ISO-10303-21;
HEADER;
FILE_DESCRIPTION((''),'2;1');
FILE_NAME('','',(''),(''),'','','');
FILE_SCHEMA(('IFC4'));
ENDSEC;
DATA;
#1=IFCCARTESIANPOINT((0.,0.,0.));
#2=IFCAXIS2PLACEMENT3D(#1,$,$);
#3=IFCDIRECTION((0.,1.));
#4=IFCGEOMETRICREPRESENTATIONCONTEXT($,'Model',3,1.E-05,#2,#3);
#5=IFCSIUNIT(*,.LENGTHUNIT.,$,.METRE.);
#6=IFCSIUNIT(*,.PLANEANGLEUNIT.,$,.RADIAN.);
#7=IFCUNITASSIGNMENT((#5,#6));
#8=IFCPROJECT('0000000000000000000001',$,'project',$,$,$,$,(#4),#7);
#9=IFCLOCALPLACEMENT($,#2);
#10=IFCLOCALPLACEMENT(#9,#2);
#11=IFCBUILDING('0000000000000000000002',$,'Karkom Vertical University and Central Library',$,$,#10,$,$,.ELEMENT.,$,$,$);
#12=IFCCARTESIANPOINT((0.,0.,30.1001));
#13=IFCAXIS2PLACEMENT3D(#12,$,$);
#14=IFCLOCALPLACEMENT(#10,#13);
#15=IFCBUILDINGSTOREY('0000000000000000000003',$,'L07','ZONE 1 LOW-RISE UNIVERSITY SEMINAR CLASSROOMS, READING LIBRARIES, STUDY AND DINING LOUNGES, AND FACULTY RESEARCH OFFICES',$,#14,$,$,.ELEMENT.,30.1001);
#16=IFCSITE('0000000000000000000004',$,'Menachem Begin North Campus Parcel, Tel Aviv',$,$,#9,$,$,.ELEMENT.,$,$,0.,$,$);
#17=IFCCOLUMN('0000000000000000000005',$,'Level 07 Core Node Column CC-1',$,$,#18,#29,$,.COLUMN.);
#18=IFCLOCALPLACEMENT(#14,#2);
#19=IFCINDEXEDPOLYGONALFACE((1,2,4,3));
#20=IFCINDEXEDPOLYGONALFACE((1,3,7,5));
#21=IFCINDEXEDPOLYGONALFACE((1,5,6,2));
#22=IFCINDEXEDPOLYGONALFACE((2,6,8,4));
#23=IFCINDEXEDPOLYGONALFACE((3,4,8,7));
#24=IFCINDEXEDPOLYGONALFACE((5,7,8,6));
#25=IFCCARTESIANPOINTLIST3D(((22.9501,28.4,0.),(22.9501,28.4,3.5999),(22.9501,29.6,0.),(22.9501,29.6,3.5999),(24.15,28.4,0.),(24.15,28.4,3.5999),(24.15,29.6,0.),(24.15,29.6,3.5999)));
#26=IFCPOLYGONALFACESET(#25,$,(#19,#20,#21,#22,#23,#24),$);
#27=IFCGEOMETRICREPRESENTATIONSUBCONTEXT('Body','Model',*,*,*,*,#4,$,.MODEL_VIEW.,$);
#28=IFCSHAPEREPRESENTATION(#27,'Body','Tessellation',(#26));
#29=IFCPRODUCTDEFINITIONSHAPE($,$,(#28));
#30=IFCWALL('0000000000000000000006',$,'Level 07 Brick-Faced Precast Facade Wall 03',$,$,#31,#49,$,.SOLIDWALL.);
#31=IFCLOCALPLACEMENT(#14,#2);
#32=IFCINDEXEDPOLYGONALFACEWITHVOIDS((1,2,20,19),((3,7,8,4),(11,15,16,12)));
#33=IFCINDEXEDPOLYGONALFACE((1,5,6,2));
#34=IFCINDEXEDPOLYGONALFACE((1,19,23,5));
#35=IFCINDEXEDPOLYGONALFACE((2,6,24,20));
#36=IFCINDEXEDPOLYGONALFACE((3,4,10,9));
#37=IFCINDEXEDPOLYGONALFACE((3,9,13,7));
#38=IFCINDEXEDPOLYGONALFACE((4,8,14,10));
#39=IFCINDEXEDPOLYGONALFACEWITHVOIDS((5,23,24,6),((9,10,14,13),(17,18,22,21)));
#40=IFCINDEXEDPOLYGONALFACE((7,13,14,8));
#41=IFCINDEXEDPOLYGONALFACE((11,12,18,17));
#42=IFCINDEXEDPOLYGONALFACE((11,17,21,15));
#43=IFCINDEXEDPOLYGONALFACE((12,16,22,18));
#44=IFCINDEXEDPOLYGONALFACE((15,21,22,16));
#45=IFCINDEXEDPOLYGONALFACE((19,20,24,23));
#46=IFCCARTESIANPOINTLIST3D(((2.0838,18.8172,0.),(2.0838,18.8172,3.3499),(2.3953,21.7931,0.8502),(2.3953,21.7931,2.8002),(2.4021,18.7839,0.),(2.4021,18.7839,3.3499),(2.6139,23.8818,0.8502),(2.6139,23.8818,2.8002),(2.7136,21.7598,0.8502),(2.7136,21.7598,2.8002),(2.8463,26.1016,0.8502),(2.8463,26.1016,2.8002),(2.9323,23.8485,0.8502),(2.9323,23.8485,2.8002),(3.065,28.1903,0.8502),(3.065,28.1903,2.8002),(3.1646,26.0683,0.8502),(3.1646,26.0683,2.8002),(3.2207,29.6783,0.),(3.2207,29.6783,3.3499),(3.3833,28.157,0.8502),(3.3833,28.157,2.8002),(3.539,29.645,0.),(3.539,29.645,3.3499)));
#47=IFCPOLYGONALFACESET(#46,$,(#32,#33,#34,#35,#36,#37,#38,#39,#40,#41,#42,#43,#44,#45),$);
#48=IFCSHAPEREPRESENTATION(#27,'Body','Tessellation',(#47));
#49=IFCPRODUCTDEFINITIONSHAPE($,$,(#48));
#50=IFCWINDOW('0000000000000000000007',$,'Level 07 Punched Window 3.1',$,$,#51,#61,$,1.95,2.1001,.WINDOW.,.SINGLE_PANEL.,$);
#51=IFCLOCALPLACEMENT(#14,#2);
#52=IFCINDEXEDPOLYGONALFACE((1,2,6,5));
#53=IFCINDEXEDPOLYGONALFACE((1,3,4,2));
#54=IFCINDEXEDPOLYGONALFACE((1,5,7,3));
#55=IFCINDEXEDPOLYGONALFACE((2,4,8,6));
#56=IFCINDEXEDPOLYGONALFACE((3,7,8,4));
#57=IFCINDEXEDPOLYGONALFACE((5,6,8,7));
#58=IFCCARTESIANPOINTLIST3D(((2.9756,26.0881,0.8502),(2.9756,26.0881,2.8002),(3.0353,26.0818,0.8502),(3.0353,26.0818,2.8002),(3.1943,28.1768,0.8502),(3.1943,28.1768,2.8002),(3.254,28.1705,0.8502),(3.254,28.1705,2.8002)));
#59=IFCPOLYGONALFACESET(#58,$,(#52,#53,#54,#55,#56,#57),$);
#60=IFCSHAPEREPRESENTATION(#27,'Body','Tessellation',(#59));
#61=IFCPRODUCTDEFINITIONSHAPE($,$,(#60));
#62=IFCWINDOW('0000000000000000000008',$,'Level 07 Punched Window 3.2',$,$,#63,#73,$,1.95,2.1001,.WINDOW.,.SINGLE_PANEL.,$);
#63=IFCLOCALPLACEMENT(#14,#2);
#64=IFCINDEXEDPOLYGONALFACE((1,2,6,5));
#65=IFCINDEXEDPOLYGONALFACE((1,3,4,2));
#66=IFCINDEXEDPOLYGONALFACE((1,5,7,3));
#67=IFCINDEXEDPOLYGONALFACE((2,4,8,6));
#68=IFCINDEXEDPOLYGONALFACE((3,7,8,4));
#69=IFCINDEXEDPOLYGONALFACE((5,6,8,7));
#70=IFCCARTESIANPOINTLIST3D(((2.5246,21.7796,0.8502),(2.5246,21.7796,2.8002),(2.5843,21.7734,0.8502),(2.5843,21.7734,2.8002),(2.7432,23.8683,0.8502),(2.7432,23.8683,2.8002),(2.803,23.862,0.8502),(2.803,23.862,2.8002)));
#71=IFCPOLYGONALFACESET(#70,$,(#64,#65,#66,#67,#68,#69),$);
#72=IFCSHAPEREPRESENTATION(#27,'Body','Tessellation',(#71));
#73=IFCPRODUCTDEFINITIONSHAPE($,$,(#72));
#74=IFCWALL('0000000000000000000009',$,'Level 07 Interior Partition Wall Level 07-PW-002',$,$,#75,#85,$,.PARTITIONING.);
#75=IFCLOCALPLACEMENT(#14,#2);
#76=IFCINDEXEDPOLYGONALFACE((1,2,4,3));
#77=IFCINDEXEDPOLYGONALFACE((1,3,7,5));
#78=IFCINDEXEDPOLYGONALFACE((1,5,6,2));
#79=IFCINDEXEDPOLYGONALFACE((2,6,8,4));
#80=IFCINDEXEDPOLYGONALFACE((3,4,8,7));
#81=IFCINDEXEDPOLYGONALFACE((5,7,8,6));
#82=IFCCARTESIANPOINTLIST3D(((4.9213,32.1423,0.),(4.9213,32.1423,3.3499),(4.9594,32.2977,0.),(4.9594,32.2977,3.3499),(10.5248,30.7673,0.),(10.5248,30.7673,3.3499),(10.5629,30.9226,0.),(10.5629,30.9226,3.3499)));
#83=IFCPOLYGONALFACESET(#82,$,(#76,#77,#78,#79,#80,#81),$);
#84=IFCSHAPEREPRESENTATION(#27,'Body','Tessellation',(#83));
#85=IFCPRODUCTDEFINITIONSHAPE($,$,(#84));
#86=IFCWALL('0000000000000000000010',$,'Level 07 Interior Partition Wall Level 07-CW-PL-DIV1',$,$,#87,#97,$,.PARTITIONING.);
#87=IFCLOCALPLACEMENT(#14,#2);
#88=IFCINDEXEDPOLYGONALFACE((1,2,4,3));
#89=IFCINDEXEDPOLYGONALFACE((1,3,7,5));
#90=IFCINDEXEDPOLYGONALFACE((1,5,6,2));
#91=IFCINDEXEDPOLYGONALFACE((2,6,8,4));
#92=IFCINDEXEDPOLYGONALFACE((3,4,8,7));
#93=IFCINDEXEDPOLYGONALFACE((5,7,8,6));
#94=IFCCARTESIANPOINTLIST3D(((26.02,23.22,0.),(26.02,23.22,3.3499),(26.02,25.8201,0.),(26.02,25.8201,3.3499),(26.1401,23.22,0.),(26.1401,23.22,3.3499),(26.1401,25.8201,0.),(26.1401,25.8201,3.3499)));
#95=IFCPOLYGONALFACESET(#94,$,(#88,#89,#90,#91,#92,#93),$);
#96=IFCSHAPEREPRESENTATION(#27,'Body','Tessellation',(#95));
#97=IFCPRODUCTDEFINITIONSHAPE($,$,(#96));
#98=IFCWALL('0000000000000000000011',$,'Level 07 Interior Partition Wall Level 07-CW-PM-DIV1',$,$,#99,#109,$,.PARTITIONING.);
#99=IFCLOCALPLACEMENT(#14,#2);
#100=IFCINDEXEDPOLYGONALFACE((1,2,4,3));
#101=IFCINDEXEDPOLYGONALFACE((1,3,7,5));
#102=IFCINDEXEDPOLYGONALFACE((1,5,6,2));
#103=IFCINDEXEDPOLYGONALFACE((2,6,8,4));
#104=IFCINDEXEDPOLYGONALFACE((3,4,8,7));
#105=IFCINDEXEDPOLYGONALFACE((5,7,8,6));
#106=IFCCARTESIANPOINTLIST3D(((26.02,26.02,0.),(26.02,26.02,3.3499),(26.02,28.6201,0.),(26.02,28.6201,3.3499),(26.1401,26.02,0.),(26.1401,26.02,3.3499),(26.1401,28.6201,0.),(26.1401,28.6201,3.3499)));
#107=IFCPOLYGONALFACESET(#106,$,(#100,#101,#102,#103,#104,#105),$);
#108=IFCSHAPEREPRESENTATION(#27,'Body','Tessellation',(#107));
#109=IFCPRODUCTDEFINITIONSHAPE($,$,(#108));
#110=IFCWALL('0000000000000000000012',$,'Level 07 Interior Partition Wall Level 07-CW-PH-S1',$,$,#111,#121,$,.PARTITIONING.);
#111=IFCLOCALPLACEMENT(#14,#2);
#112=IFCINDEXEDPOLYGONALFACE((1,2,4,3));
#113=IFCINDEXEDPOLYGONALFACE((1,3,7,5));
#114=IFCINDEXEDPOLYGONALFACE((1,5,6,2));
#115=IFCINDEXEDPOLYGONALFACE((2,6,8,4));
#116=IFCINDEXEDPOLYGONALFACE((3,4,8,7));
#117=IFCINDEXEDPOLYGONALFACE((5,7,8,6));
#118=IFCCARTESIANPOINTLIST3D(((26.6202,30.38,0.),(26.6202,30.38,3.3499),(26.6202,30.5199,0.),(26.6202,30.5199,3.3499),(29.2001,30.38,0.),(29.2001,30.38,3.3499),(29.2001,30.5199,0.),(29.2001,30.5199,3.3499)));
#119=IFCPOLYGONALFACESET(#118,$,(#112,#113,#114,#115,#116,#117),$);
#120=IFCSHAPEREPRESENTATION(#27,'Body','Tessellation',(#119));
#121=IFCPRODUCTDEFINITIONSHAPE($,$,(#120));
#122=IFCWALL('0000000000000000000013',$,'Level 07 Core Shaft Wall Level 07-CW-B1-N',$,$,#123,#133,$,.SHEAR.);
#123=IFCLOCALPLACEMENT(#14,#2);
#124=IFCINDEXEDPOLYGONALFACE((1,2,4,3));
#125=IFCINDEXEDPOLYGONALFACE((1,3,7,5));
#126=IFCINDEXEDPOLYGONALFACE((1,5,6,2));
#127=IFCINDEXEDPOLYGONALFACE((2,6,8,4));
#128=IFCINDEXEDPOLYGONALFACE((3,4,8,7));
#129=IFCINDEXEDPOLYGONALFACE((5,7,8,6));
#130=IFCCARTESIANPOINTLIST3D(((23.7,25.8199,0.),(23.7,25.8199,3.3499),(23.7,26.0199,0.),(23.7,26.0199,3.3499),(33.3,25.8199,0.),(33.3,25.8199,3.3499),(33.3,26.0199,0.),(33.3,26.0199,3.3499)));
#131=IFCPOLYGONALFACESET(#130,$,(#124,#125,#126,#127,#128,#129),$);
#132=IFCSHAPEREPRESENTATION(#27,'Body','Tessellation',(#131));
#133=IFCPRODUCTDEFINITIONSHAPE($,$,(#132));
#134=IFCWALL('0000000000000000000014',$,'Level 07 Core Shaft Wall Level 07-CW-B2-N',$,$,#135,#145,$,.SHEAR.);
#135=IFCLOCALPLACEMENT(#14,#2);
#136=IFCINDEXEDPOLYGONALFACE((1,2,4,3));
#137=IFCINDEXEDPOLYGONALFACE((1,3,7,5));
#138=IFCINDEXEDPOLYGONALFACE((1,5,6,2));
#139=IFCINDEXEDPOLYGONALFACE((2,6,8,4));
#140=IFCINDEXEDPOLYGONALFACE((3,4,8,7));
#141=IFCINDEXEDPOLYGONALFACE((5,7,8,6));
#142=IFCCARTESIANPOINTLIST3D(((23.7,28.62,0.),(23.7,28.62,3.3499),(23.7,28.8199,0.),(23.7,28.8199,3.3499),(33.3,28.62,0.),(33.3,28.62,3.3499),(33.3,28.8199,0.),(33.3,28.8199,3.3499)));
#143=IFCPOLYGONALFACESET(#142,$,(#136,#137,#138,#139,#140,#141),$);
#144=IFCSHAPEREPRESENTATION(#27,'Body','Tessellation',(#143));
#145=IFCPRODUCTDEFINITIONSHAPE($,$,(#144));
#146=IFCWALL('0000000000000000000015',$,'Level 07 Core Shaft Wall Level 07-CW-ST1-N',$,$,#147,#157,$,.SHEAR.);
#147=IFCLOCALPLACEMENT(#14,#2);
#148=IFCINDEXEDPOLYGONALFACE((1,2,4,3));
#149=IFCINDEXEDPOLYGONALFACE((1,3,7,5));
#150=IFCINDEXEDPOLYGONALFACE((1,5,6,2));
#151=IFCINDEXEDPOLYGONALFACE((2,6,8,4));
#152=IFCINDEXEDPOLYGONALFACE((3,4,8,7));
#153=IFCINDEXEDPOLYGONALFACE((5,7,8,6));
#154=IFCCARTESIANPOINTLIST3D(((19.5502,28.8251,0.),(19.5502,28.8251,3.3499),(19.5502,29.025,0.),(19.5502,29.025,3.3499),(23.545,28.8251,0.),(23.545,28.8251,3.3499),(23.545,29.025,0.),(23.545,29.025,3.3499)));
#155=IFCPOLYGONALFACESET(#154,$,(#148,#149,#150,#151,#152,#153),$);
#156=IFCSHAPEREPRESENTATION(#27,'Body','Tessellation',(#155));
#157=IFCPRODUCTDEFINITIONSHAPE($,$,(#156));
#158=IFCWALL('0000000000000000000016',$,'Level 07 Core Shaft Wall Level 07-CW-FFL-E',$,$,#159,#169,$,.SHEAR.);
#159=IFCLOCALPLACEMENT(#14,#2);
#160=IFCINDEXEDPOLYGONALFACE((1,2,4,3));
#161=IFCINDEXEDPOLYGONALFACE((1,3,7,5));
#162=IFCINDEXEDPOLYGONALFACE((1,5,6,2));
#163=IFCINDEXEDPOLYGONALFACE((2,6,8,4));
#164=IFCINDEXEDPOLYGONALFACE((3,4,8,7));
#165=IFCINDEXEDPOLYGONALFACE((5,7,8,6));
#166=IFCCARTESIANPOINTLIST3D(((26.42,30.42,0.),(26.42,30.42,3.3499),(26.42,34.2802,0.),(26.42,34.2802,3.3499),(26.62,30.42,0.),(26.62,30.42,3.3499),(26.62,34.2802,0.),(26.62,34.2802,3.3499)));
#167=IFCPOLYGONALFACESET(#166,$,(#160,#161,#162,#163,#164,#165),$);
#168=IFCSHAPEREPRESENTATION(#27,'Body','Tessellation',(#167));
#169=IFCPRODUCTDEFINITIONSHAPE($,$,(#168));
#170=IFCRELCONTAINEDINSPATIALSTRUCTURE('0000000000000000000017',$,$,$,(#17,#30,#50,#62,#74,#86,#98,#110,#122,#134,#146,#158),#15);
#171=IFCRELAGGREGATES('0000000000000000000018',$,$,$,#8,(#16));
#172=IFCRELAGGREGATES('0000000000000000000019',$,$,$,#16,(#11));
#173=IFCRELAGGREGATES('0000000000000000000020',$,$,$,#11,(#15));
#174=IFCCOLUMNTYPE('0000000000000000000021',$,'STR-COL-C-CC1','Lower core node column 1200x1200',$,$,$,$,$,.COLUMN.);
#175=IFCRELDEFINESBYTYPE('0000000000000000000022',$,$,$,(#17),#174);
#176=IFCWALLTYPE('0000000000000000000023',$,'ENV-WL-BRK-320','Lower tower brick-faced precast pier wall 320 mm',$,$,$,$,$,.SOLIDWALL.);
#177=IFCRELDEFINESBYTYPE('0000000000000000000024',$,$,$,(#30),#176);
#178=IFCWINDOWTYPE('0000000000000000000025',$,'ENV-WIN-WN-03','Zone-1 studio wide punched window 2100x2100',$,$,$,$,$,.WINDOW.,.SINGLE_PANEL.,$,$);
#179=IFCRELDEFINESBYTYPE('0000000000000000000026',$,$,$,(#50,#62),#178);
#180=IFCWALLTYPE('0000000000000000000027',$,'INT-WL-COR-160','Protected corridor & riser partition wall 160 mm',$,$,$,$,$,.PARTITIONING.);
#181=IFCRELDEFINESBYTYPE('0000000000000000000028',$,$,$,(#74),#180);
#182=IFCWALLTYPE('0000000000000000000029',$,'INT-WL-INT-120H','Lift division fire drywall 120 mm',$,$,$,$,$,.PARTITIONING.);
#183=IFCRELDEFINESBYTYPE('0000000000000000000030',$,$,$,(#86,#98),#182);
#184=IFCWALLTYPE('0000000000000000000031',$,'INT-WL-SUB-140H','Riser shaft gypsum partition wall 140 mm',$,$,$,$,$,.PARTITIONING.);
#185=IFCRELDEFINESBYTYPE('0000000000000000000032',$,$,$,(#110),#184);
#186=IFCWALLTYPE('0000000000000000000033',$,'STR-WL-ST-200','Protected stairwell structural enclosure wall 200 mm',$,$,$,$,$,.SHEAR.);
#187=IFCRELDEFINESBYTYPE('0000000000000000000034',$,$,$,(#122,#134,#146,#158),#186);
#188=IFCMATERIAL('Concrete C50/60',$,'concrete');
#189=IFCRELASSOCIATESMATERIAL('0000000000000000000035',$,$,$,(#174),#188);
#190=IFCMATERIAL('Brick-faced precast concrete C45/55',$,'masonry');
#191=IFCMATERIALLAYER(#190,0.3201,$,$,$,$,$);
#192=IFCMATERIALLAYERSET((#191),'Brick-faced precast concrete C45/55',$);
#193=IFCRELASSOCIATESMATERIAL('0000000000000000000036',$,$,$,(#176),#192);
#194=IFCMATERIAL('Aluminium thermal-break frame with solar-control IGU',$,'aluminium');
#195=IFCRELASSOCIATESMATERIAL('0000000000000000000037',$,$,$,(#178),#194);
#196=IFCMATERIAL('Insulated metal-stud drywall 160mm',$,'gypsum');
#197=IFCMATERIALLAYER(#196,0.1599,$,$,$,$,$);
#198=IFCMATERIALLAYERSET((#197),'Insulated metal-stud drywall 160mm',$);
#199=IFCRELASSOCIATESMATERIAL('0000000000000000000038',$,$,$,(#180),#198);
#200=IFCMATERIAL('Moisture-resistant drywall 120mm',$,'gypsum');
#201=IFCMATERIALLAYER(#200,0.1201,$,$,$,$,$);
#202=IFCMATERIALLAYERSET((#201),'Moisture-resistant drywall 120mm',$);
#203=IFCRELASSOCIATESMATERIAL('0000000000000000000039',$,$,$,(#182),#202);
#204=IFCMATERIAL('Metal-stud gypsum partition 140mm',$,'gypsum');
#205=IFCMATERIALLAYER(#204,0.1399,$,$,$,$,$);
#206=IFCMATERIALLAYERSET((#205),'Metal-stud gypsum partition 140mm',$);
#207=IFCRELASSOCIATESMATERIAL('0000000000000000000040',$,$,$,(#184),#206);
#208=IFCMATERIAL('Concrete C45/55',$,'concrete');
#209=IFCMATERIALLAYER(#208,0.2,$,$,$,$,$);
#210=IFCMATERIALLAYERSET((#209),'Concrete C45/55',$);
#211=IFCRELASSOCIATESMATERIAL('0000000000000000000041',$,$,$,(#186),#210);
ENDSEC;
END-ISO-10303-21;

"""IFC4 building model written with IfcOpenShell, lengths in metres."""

from ifc_helpers import new_model, si_unit, direction, frame, frame_2d, origin, origin_with_axes, origin_2d, place, context, subcontext, project, spatial, rectangle, extrude, source, transform, mapped, material, layer, layer_set, material_profile, profile_set, type_object, element, fill, save


model = new_model("IFC4")

# Units and contexts
model_context = context("Model", 3, precision=1e-05, world=origin(), true_north=direction((0.0, 1.0)))
body_context = subcontext(model_context, "Body", "Model", "MODEL_VIEW")
ifc_project = project(units=[si_unit("LENGTHUNIT", "METRE"), si_unit("PLANEANGLEUNIT", "RADIAN")], contexts=[model_context])

# Site, building, storey
site_placement = place(None, origin())
site = spatial("IfcSite", under=ifc_project, at=site_placement, Name="Menachem Begin North Campus Parcel, Tel Aviv", CompositionType="ELEMENT", RefElevation=0.0)
building_placement = place(site_placement, origin())
building = spatial("IfcBuilding", under=site, at=building_placement, Name="Karkom Vertical University and Central Library", CompositionType="ELEMENT")
storey_placement = place(building_placement, frame((0.0, 0.0, 30.1001)))
storey = spatial("IfcBuildingStorey", under=building, at=storey_placement, Name="L07", Description="ZONE 1 LOW-RISE UNIVERSITY SEMINAR CLASSROOMS, READING LIBRARIES, STUDY AND DINING LOUNGES, AND FACULTY RESEARCH OFFICES", CompositionType="ELEMENT", Elevation=30.1001)

# Column
ifc_material_1 = material(Name="Concrete C50/60", Category="concrete")
ifc_material_profile = material_profile(ifc_material_1, rectangle(XDim=1.2, YDim=1.2, at=origin_2d()), Name="RC-1200x1200")
ifc_profile_set = profile_set([ifc_material_profile], Name="Concrete C50/60")
column_type = type_object("IfcColumnType", Name="STR-COL-C-CC1", Description="Lower core node column 1200x1200", PredefinedType="COLUMN", material=ifc_profile_set)
shared_shape_1 = source(origin_with_axes(), body_context, "Body", "SweptSolid", [
    extrude(rectangle(XDim=1.2, YDim=1.2, at=origin_2d()), origin(), (0.0, 0.0, 1.0), 3.5999),
])
column_placement = place(storey_placement, frame((23.55, 29.0, 0.0), z_axis=(0.0, 0.0, 1.0), x_axis=(1.0, 0.0, 0.0)))
element("IfcColumn", 1, at=column_placement, inside=storey, type_object=column_type, Name="Level 07 Core Node Column CC-1", PredefinedType="COLUMN", context=body_context, shape_type="MappedRepresentation", body=[
    mapped(shared_shape_1, transform((0.0, 0.0, 0.0), scale=1.0)),
])

# Wall, openings, windows
ifc_material_2 = material(Name="Brick-faced precast concrete C45/55", Category="masonry")
ifc_layer_1 = layer(ifc_material_2, 0.3201)
ifc_layer_set_1 = layer_set([ifc_layer_1], Name="Brick-faced precast concrete C45/55")
wall_type_1 = type_object("IfcWallType", Name="ENV-WL-BRK-320", Description="Lower tower brick-faced precast pier wall 320 mm", PredefinedType="SOLIDWALL", material=ifc_layer_set_1)
wall_1_placement = place(storey_placement, frame((3.3799, 29.6616, 0.0), z_axis=(0.0, 0.0, 1.0), x_axis=(-0.104113, -0.994565, 0.0)))
wall_1 = element("IfcWall", 2, at=wall_1_placement, inside=storey, type_object=wall_type_1, Name="Level 07 Brick-Faced Precast Facade Wall 03", PredefinedType="SOLIDWALL", context=body_context, shape_type="SweptSolid", body=[
    extrude(rectangle(XDim=10.9204, YDim=0.3201, at=frame_2d((5.4602, 0.0))), origin(), (0.0, 0.0, 1.0), 3.3499),
])
opening_1_placement = place(wall_1_placement, frame((1.4961, 0.0, 0.8501)))
opening_1 = element("IfcOpeningElement", 3, at=opening_1_placement, cuts=wall_1, PredefinedType="OPENING", context=body_context, shape_type="SweptSolid", body=[
    extrude(rectangle(XDim=2.1001, YDim=1.95, at=frame_2d((1.05, 0.9751))), frame((0.0, 0.1699, 0.0), z_axis=(0.0, -1.0, 0.0), x_axis=(1.0, 0.0, 0.0)), (0.0, 0.0, 1.0), 0.3401),
])
opening_2_placement = place(wall_1_placement, frame((5.8281, 0.0, 0.8501)))
opening_2 = element("IfcOpeningElement", 4, at=opening_2_placement, cuts=wall_1, PredefinedType="OPENING", context=body_context, shape_type="SweptSolid", body=[
    extrude(rectangle(XDim=2.1001, YDim=1.95, at=frame_2d((1.05, 0.9751))), frame((0.0, 0.1699, 0.0), z_axis=(0.0, -1.0, 0.0), x_axis=(1.0, 0.0, 0.0)), (0.0, 0.0, 1.0), 0.3401),
])
ifc_material_3 = material(Name="Aluminium thermal-break frame with solar-control IGU", Category="aluminium")
window_type = type_object("IfcWindowType", Name="ENV-WIN-WN-03", Description="Zone-1 studio wide punched window 2100x2100", PartitioningType="SINGLE_PANEL", PredefinedType="WINDOW", material=ifc_material_3)
shared_shape_2 = source(origin_with_axes(), body_context, "Body", "SweptSolid", [
    extrude(rectangle(XDim=2.1001, YDim=1.95, at=frame_2d((1.05, 0.9751))), frame((0.0, 0.03, 0.0), z_axis=(0.0, -1.0, 0.0), x_axis=(1.0, 0.0, 0.0)), (0.0, 0.0, 1.0), 0.0601),
])
window_1_placement = place(opening_1_placement, origin())
window_1 = element("IfcWindow", 5, at=window_1_placement, inside=storey, type_object=window_type, Name="Level 07 Punched Window 3.1", OverallHeight=1.95, OverallWidth=2.1001, PartitioningType="SINGLE_PANEL", PredefinedType="WINDOW", context=body_context, shape_type="MappedRepresentation", body=[
    mapped(shared_shape_2, transform((0.0, 0.0, 0.0), scale=1.0)),
])
fill(opening_1, window_1)
window_2_placement = place(opening_2_placement, origin())
window_2 = element("IfcWindow", 6, at=window_2_placement, inside=storey, type_object=window_type, Name="Level 07 Punched Window 3.2", OverallHeight=1.95, OverallWidth=2.1001, PartitioningType="SINGLE_PANEL", PredefinedType="WINDOW", context=body_context, shape_type="MappedRepresentation", body=[
    mapped(shared_shape_2, transform((0.0, 0.0, 0.0), scale=1.0)),
])
fill(opening_2, window_2)

# Walls
ifc_material_4 = material(Name="Insulated metal-stud drywall 160mm", Category="gypsum")
ifc_layer_2 = layer(ifc_material_4, 0.1599)
ifc_layer_set_2 = layer_set([ifc_layer_2], Name="Insulated metal-stud drywall 160mm")
wall_type_2 = type_object("IfcWallType", Name="INT-WL-COR-160", Description="Protected corridor & riser partition wall 160 mm", PredefinedType="PARTITIONING", material=ifc_layer_set_2)
wall_2_placement = place(storey_placement, frame((4.9404, 32.22, 0.0), z_axis=(0.0, 0.0, 1.0), x_axis=(0.971189, -0.238312, 0.0)))
element("IfcWall", 7, at=wall_2_placement, inside=storey, type_object=wall_type_2, Name="Level 07 Interior Partition Wall Level 07-PW-002", PredefinedType="PARTITIONING", context=body_context, shape_type="SweptSolid", body=[
    extrude(rectangle(XDim=5.7698, YDim=0.1599, at=frame_2d((2.8848, 0.0))), origin(), (0.0, 0.0, 1.0), 3.3499),
])
ifc_material_5 = material(Name="Moisture-resistant drywall 120mm", Category="gypsum")
ifc_layer_3 = layer(ifc_material_5, 0.1201)
ifc_layer_set_3 = layer_set([ifc_layer_3], Name="Moisture-resistant drywall 120mm")
wall_type_3 = type_object("IfcWallType", Name="INT-WL-INT-120H", Description="Lift division fire drywall 120 mm", PredefinedType="PARTITIONING", material=ifc_layer_set_3)
for number, where, z_axis, x_axis, name in (
    (8, (26.0801, 23.22, 0.0), (0.0, 0.0, 1.0), (0.0, 1.0, 0.0), "Level 07 Interior Partition Wall Level 07-CW-PL-DIV1"),
    (9, (26.0801, 26.02, 0.0), (0.0, 0.0, 1.0), (0.0, 1.0, 0.0), "Level 07 Interior Partition Wall Level 07-CW-PM-DIV1"),
):
    element("IfcWall", number, at=place(storey_placement, frame(where, z_axis=z_axis, x_axis=x_axis)), inside=storey, type_object=wall_type_3, Name=name, PredefinedType="PARTITIONING", context=body_context, shape_type="SweptSolid", body=[
        extrude(rectangle(XDim=2.6001, YDim=0.1201, at=frame_2d((1.3, 0.0))), origin(), (0.0, 0.0, 1.0), 3.3499),
    ])
ifc_material_6 = material(Name="Metal-stud gypsum partition 140mm", Category="gypsum")
ifc_layer_4 = layer(ifc_material_6, 0.1399)
ifc_layer_set_4 = layer_set([ifc_layer_4], Name="Metal-stud gypsum partition 140mm")
wall_type_4 = type_object("IfcWallType", Name="INT-WL-SUB-140H", Description="Riser shaft gypsum partition wall 140 mm", PredefinedType="PARTITIONING", material=ifc_layer_set_4)
wall_3_placement = place(storey_placement, frame((26.6201, 30.45, 0.0), z_axis=(0.0, 0.0, 1.0), x_axis=(1.0, 0.0, 0.0)))
element("IfcWall", 10, at=wall_3_placement, inside=storey, type_object=wall_type_4, Name="Level 07 Interior Partition Wall Level 07-CW-PH-S1", PredefinedType="PARTITIONING", context=body_context, shape_type="SweptSolid", body=[
    extrude(rectangle(XDim=2.5798, YDim=0.1399, at=frame_2d((1.29, 0.0))), origin(), (0.0, 0.0, 1.0), 3.3499),
])
ifc_material_7 = material(Name="Concrete C45/55", Category="concrete")
ifc_layer_5 = layer(ifc_material_7, 0.2)
ifc_layer_set_5 = layer_set([ifc_layer_5], Name="Concrete C45/55")
wall_type_5 = type_object("IfcWallType", Name="STR-WL-ST-200", Description="Protected stairwell structural enclosure wall 200 mm", PredefinedType="SHEAR", material=ifc_layer_set_5)
for number, where, z_axis, x_axis, name in (
    (11, (23.7, 25.9199, 0.0), (0.0, 0.0, 1.0), (1.0, 0.0, 0.0), "Level 07 Core Shaft Wall Level 07-CW-B1-N"),
    (12, (23.7, 28.72, 0.0), (0.0, 0.0, 1.0), (1.0, 0.0, 0.0), "Level 07 Core Shaft Wall Level 07-CW-B2-N"),
):
    element("IfcWall", number, at=place(storey_placement, frame(where, z_axis=z_axis, x_axis=x_axis)), inside=storey, type_object=wall_type_5, Name=name, PredefinedType="SHEAR", context=body_context, shape_type="SweptSolid", body=[
        extrude(rectangle(XDim=9.6001, YDim=0.2, at=frame_2d((4.8, 0.0))), origin(), (0.0, 0.0, 1.0), 3.3499),
    ])
wall_4_placement = place(storey_placement, frame((19.55, 28.925, 0.0), z_axis=(0.0, 0.0, 1.0), x_axis=(1.0, 0.0, 0.0)))
element("IfcWall", 13, at=wall_4_placement, inside=storey, type_object=wall_type_5, Name="Level 07 Core Shaft Wall Level 07-CW-ST1-N", PredefinedType="SHEAR", context=body_context, shape_type="SweptSolid", body=[
    extrude(rectangle(XDim=3.9949, YDim=0.2, at=frame_2d((1.9976, 0.0))), origin(), (0.0, 0.0, 1.0), 3.3499),
])
wall_5_placement = place(storey_placement, frame((26.52, 30.4199, 0.0), z_axis=(0.0, 0.0, 1.0), x_axis=(0.0, 1.0, 0.0)))
element("IfcWall", 14, at=wall_5_placement, inside=storey, type_object=wall_type_5, Name="Level 07 Core Shaft Wall Level 07-CW-FFL-E", PredefinedType="SHEAR", context=body_context, shape_type="SweptSolid", body=[
    extrude(rectangle(XDim=3.8601, YDim=0.2, at=frame_2d((1.9302, 0.0))), origin(), (0.0, 0.0, 1.0), 3.3499),
])

save(model, "model.ifc")
